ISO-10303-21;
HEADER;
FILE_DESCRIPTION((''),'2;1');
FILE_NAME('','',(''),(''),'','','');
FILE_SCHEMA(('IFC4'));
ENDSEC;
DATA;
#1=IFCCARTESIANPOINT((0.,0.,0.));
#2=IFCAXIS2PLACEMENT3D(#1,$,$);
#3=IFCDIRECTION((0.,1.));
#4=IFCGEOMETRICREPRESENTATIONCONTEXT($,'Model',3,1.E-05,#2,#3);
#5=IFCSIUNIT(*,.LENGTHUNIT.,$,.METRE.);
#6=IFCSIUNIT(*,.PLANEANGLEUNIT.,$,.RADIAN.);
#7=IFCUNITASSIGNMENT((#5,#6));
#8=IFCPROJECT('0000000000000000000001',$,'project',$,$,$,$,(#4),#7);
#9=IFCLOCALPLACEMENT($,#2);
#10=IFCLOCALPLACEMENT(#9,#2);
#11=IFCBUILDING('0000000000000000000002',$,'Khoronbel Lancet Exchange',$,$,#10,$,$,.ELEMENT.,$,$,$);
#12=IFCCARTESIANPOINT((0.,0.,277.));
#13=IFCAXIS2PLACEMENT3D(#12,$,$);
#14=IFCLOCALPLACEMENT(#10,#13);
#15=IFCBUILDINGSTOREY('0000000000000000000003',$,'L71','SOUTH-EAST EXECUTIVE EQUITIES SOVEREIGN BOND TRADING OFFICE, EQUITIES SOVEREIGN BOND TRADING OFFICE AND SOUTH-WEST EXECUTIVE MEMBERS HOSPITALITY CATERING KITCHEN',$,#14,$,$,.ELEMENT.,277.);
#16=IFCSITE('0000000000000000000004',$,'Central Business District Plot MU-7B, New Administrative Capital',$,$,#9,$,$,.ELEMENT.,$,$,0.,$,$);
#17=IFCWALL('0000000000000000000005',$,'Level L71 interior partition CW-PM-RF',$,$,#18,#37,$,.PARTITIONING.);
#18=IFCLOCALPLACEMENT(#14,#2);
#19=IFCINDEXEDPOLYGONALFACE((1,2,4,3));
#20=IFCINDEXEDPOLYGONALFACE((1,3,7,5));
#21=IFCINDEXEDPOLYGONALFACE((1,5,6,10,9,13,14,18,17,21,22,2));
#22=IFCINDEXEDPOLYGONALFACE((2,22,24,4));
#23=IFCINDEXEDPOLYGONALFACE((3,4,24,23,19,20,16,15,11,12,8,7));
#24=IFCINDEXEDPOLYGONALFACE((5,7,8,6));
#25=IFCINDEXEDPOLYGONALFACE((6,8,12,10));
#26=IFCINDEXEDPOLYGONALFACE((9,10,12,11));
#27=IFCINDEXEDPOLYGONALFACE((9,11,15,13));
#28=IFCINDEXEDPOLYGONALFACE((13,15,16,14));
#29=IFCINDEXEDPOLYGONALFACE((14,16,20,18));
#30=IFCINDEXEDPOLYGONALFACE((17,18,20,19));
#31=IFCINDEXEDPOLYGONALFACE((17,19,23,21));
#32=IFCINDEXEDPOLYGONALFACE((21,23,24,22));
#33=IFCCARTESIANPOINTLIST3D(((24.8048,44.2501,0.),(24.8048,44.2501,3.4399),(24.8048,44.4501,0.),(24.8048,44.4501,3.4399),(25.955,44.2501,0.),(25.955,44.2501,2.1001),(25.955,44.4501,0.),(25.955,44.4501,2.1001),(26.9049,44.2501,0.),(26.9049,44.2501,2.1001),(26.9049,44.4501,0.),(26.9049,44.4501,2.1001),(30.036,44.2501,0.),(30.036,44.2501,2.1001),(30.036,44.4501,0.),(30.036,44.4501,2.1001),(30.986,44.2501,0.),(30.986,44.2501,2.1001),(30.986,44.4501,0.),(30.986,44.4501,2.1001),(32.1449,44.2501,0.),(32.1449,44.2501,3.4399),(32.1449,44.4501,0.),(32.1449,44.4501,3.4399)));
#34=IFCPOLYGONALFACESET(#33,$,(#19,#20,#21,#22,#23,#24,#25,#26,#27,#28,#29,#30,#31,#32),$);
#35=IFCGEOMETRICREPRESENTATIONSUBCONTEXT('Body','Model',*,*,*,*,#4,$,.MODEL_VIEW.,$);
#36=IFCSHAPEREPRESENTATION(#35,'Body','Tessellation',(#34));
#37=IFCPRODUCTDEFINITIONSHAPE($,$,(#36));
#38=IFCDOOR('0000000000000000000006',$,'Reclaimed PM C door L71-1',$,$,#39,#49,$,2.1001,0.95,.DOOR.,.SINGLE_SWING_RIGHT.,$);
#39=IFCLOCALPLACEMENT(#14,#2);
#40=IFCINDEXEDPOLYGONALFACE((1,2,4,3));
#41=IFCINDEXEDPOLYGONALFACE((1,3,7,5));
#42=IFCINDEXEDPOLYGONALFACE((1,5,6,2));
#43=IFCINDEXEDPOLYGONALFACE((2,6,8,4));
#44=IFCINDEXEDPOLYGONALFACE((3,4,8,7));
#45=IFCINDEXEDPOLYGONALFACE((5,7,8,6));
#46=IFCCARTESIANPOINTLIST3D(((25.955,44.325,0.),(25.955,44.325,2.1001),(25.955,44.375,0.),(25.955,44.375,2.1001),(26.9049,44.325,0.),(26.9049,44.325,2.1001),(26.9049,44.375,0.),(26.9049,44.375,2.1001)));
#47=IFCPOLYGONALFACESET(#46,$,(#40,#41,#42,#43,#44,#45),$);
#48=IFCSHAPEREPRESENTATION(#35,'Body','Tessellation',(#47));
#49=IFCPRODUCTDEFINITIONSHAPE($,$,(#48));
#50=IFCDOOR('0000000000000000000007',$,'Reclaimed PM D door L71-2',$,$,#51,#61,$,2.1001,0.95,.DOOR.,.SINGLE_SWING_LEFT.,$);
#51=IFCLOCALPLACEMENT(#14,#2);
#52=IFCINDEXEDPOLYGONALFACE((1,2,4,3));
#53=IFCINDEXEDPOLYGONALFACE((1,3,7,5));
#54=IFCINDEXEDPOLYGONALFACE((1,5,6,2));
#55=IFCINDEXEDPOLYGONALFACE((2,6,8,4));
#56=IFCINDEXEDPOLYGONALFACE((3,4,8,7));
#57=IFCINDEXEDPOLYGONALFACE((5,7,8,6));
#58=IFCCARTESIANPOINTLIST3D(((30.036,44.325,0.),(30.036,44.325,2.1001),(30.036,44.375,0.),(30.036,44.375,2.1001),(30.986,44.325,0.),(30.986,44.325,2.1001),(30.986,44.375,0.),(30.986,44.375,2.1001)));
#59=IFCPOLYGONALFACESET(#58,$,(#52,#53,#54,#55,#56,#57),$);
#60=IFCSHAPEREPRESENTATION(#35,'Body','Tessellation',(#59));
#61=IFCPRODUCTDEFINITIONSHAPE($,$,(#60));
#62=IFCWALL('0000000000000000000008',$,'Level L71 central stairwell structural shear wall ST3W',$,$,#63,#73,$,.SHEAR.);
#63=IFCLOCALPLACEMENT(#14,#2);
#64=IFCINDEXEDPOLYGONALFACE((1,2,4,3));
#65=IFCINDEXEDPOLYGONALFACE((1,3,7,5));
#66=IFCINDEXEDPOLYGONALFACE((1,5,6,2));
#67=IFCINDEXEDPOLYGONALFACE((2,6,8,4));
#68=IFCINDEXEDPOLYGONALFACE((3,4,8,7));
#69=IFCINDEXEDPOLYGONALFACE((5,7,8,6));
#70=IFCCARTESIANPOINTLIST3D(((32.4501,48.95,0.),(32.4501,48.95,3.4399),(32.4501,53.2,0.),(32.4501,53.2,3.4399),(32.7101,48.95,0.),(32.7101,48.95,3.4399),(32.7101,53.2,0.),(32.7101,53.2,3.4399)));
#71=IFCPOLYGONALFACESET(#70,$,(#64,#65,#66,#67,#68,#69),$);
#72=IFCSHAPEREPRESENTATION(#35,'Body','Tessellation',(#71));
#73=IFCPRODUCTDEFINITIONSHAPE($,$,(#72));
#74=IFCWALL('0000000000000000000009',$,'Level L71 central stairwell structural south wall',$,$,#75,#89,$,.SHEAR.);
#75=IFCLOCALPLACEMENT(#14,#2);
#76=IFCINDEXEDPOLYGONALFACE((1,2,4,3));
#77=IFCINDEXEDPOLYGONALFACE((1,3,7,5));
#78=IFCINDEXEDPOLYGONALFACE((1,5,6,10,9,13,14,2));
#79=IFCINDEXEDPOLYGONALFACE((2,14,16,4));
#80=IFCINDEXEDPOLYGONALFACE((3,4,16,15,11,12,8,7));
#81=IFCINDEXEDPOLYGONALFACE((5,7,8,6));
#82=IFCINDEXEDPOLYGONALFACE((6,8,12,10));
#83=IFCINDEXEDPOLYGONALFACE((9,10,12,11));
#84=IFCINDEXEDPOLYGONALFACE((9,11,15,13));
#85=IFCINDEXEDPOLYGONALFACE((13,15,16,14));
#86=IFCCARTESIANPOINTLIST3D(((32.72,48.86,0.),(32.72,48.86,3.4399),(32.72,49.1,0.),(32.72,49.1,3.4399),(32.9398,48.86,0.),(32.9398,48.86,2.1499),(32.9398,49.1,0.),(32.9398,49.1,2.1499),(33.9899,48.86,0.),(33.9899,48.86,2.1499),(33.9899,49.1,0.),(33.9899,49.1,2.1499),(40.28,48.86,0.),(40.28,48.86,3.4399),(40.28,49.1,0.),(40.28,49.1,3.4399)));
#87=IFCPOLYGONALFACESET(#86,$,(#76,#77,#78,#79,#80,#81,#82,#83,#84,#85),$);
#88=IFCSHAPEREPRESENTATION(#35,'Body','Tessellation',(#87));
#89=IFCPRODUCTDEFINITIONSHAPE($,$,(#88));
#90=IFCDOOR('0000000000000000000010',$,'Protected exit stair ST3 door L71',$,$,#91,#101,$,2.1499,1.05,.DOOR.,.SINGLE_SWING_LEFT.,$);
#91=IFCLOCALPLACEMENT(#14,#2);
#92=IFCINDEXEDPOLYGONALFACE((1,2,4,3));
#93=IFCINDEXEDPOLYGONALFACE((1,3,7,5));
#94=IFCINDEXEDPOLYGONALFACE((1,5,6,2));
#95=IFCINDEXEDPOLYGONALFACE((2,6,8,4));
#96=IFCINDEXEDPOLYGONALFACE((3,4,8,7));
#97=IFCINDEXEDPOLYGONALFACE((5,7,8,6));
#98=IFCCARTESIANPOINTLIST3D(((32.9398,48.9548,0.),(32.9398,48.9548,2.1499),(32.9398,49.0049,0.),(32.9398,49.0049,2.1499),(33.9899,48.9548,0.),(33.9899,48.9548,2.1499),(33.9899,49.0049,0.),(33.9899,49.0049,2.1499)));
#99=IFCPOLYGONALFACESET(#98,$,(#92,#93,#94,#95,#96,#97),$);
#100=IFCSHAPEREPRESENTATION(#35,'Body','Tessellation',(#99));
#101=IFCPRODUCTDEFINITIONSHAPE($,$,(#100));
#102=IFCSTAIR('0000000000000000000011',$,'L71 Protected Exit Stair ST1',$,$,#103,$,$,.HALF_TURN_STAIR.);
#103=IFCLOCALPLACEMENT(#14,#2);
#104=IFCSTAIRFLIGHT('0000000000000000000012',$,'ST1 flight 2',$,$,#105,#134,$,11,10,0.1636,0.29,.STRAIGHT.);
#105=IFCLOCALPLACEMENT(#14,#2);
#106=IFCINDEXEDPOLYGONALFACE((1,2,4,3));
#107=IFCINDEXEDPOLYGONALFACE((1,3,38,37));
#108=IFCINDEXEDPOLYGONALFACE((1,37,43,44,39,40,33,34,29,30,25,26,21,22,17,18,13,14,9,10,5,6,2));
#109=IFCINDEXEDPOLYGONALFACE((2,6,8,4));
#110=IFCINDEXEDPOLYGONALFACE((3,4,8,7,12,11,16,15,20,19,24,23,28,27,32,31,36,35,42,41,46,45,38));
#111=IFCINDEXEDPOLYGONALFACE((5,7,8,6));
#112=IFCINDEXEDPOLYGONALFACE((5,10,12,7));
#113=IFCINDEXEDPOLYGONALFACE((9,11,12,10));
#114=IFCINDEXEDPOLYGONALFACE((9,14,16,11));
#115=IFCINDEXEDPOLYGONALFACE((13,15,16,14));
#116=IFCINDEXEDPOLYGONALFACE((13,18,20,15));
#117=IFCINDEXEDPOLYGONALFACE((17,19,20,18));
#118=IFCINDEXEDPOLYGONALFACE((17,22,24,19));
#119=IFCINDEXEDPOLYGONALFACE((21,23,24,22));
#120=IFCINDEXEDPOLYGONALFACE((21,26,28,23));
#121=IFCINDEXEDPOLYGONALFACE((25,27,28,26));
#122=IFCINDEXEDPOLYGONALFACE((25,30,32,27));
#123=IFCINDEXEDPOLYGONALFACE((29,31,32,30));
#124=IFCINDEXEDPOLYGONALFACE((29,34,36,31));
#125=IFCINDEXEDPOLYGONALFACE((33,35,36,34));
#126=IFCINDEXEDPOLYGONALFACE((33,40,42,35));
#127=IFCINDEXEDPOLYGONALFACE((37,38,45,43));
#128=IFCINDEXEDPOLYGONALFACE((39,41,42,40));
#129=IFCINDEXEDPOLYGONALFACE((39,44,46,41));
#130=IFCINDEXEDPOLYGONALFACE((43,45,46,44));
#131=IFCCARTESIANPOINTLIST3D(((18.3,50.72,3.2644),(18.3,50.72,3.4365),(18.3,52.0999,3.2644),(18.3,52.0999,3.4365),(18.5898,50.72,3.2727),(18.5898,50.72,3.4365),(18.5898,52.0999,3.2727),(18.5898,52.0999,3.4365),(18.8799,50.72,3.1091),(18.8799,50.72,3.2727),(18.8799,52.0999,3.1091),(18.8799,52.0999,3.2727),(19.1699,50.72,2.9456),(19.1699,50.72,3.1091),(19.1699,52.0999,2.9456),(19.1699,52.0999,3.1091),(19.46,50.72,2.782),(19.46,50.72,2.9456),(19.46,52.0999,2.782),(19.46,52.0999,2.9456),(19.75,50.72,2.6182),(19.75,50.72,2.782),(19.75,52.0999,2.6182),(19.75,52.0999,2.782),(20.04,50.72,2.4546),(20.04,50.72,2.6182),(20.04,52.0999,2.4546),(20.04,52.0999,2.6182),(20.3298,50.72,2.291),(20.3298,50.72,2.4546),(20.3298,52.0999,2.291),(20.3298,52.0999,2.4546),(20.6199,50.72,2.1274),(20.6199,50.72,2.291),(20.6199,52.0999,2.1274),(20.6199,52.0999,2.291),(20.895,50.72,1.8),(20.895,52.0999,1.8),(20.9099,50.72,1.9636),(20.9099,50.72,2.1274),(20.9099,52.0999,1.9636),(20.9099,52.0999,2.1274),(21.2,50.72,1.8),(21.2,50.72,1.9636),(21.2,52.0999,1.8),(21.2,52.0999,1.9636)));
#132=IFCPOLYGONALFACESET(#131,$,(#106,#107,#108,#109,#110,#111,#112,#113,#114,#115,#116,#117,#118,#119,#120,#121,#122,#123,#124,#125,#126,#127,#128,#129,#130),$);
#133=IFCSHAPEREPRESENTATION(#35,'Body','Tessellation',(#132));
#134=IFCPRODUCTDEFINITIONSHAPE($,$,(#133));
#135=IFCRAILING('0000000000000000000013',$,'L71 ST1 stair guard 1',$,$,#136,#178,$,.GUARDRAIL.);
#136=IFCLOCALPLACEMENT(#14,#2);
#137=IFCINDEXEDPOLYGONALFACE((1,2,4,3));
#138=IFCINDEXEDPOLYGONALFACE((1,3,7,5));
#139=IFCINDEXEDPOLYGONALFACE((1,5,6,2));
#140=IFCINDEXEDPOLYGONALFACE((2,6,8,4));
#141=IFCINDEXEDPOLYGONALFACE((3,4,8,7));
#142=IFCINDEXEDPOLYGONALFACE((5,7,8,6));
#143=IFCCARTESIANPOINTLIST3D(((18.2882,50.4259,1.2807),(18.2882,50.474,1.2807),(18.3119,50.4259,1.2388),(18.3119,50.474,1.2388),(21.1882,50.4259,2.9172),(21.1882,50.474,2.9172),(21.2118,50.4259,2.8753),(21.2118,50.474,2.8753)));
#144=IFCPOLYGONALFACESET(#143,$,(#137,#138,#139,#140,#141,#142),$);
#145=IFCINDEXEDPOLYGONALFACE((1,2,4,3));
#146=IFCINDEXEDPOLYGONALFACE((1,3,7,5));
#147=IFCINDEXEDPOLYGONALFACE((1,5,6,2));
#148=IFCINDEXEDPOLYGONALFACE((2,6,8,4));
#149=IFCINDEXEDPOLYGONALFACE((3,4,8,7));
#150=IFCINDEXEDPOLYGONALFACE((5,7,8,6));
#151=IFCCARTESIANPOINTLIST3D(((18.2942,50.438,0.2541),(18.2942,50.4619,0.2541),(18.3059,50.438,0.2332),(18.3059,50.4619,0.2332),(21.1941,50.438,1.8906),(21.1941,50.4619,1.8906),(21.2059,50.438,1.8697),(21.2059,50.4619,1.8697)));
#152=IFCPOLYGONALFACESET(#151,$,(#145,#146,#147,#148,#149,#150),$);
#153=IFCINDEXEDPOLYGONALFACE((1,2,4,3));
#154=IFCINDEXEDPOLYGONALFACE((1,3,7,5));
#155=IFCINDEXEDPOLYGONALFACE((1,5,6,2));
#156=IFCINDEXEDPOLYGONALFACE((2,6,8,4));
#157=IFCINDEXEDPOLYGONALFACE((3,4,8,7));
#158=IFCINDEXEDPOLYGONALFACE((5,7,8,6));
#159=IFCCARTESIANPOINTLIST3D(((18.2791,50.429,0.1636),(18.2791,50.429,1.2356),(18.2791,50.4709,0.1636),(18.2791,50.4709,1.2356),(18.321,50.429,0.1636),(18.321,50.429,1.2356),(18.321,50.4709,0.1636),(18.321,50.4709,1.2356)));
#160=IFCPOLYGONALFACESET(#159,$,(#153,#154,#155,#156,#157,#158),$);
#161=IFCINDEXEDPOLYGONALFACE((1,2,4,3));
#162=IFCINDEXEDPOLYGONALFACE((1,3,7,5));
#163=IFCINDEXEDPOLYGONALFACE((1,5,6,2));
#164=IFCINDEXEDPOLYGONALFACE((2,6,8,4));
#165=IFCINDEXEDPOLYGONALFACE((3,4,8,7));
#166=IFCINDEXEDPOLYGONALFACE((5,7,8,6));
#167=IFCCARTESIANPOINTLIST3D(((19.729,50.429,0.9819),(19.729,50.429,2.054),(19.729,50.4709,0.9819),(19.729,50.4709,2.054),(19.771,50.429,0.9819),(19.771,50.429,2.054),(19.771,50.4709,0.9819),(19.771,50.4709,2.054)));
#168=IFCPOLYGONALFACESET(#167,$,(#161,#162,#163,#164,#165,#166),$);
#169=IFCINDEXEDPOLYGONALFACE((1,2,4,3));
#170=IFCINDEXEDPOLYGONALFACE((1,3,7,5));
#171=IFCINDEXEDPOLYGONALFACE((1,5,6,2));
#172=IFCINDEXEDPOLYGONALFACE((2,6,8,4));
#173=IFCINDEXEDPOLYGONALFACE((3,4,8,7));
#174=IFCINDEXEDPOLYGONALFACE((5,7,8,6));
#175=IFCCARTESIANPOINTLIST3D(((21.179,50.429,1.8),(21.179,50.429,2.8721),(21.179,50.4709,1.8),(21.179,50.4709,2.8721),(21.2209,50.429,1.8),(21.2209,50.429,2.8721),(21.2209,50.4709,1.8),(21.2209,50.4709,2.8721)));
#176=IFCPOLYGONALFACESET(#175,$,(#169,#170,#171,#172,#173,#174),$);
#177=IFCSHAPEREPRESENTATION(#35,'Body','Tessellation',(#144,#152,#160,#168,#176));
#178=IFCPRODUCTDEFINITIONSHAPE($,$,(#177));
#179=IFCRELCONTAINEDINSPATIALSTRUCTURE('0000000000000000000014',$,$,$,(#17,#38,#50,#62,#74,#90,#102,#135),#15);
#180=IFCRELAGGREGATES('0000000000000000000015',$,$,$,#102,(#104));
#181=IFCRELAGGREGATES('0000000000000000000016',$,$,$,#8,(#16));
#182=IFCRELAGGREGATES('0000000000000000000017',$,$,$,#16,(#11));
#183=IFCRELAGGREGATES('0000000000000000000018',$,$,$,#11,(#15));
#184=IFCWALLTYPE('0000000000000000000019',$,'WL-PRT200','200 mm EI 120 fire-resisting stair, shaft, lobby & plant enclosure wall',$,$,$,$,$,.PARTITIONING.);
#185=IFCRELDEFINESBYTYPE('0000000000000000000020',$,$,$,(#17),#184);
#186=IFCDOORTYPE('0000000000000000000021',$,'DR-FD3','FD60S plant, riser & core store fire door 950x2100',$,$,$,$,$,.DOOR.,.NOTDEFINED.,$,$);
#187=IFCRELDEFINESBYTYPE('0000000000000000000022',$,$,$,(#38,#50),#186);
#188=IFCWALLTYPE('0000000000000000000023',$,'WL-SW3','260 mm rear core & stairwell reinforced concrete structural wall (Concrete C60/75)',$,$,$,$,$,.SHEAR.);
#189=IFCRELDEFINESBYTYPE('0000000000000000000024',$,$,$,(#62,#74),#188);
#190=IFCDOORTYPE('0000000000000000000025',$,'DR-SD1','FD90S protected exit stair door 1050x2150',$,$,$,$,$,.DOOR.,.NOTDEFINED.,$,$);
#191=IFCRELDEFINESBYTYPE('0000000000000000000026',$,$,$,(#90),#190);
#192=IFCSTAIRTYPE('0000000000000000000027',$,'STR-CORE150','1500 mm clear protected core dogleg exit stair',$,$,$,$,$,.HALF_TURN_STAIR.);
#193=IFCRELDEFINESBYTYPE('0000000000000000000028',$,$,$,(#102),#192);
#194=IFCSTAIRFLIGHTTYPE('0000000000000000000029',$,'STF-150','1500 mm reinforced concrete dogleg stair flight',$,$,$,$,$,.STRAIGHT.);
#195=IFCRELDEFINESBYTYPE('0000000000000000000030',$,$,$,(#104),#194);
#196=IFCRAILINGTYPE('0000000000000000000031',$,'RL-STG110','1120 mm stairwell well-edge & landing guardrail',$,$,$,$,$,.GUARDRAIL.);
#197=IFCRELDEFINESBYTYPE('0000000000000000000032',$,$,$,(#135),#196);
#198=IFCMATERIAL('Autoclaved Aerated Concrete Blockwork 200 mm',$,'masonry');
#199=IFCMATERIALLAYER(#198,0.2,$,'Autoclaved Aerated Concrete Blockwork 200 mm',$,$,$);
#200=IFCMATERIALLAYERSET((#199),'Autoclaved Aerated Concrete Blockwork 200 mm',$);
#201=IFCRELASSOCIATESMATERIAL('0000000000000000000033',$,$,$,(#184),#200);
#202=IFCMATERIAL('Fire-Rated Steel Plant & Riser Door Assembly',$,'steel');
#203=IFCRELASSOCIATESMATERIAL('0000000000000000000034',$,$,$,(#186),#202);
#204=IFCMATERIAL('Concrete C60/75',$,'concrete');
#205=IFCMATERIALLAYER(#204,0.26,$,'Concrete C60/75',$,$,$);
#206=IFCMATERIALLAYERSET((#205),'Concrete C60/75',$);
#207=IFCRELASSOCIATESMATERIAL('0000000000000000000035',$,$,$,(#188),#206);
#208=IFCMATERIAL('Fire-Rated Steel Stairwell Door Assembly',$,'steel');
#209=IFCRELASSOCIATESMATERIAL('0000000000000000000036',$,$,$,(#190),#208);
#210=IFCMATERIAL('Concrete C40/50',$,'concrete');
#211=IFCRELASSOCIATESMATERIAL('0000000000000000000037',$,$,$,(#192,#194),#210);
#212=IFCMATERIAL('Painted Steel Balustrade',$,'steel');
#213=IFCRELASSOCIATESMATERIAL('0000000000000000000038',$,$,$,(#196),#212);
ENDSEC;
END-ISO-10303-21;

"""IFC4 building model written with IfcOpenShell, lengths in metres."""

from ifc_helpers import new_model, si_unit, direction, frame, frame_2d, origin, origin_2d, place, context, subcontext, project, spatial, polyline, rectangle, outline, extrude, material, layer, layer_set, type_object, element, fill, aggregate, save


model = new_model("IFC4")

# Units and contexts
model_context = context("Model", 3, precision=1e-05, world=origin(), true_north=direction((0.0, 1.0)))
body_context = subcontext(model_context, "Body", "Model", "MODEL_VIEW")
ifc_project = project(units=[si_unit("LENGTHUNIT", "METRE"), si_unit("PLANEANGLEUNIT", "RADIAN")], contexts=[model_context])

# Site, building, storey
site_placement = place(None, origin())
site = spatial("IfcSite", under=ifc_project, at=site_placement, Name="Central Business District Plot MU-7B, New Administrative Capital", CompositionType="ELEMENT", RefElevation=0.0)
building_placement = place(site_placement, origin())
building = spatial("IfcBuilding", under=site, at=building_placement, Name="Khoronbel Lancet Exchange", CompositionType="ELEMENT")
storey_placement = place(building_placement, frame((0.0, 0.0, 277.0)))
storey = spatial("IfcBuildingStorey", under=building, at=storey_placement, Name="L71", Description="SOUTH-EAST EXECUTIVE EQUITIES SOVEREIGN BOND TRADING OFFICE, EQUITIES SOVEREIGN BOND TRADING OFFICE AND SOUTH-WEST EXECUTIVE MEMBERS HOSPITALITY CATERING KITCHEN", CompositionType="ELEMENT", Elevation=277.0)

# Shared definitions
ifc_material_1 = material(Name="Autoclaved Aerated Concrete Blockwork 200 mm", Category="masonry")
ifc_layer_1 = layer(ifc_material_1, 0.2, Name="Autoclaved Aerated Concrete Blockwork 200 mm")
ifc_layer_set_1 = layer_set([ifc_layer_1], Name="Autoclaved Aerated Concrete Blockwork 200 mm")
wall_type_1 = type_object("IfcWallType", Name="WL-PRT200", Description="200 mm EI 120 fire-resisting stair, shaft, lobby & plant enclosure wall", PredefinedType="PARTITIONING", material=ifc_layer_set_1)

# Wall, openings, doors
ifc_material_2 = material(Name="Fire-Rated Steel Plant & Riser Door Assembly", Category="steel")
door_type_1 = type_object("IfcDoorType", Name="DR-FD3", Description="FD60S plant, riser & core store fire door 950x2100", OperationType="NOTDEFINED", PredefinedType="DOOR", material=ifc_material_2)
wall_1_placement = place(storey_placement, frame((24.8049, 44.3501, 0.0), z_axis=(0.0, 0.0, 1.0), x_axis=(1.0, 0.0, 0.0)))
wall_1 = element("IfcWall", 1, at=wall_1_placement, inside=storey, type_object=wall_type_1, Name="Level L71 interior partition CW-PM-RF", PredefinedType="PARTITIONING", context=body_context, shape_type="SweptSolid", body=[
    extrude(rectangle(XDim=7.3401, YDim=0.2, at=frame_2d((3.6699, 0.0))), origin(), (0.0, 0.0, 1.0), 3.4399),
])
opening_1_placement = place(wall_1_placement, frame((1.1499, 0.0, 0.0)))
opening_1 = element("IfcOpeningElement", 2, at=opening_1_placement, cuts=wall_1, PredefinedType="OPENING", context=body_context, shape_type="SweptSolid", body=[
    extrude(rectangle(XDim=0.95, YDim=2.1001, at=frame_2d((0.4751, 1.05))), frame((0.0, 0.1099, 0.0), z_axis=(0.0, -1.0, 0.0), x_axis=(1.0, 0.0, 0.0)), (0.0, 0.0, 1.0), 0.22),
])
opening_2_placement = place(wall_1_placement, frame((5.231, 0.0, 0.0)))
opening_2 = element("IfcOpeningElement", 3, at=opening_2_placement, cuts=wall_1, PredefinedType="OPENING", context=body_context, shape_type="SweptSolid", body=[
    extrude(rectangle(XDim=0.95, YDim=2.1001, at=frame_2d((0.4751, 1.05))), frame((0.0, 0.1099, 0.0), z_axis=(0.0, -1.0, 0.0), x_axis=(1.0, 0.0, 0.0)), (0.0, 0.0, 1.0), 0.22),
])
door_1_placement = place(opening_1_placement, origin())
door_1 = element("IfcDoor", 4, at=door_1_placement, inside=storey, type_object=door_type_1, Name="Reclaimed PM C door L71-1", OperationType="SINGLE_SWING_RIGHT", OverallHeight=2.1001, OverallWidth=0.95, PredefinedType="DOOR", context=body_context, shape_type="SweptSolid", body=[
    extrude(rectangle(XDim=0.95, YDim=2.1001, at=frame_2d((0.4751, 1.05))), frame((0.0, 0.0249, 0.0), z_axis=(0.0, -1.0, 0.0), x_axis=(1.0, 0.0, 0.0)), (0.0, 0.0, 1.0), 0.05),
])
fill(opening_1, door_1)
door_2_placement = place(opening_2_placement, origin())
door_2 = element("IfcDoor", 5, at=door_2_placement, inside=storey, type_object=door_type_1, Name="Reclaimed PM D door L71-2", OperationType="SINGLE_SWING_LEFT", OverallHeight=2.1001, OverallWidth=0.95, PredefinedType="DOOR", context=body_context, shape_type="SweptSolid", body=[
    extrude(rectangle(XDim=0.95, YDim=2.1001, at=frame_2d((0.4751, 1.05))), frame((0.0, 0.0249, 0.0), z_axis=(0.0, -1.0, 0.0), x_axis=(1.0, 0.0, 0.0)), (0.0, 0.0, 1.0), 0.05),
])
fill(opening_2, door_2)

# Wall
ifc_material_3 = material(Name="Concrete C60/75", Category="concrete")
ifc_layer_2 = layer(ifc_material_3, 0.26, Name="Concrete C60/75")
ifc_layer_set_2 = layer_set([ifc_layer_2], Name="Concrete C60/75")
wall_type_2 = type_object("IfcWallType", Name="WL-SW3", Description="260 mm rear core & stairwell reinforced concrete structural wall (Concrete C60/75)", PredefinedType="SHEAR", material=ifc_layer_set_2)
wall_2_placement = place(storey_placement, frame((32.5801, 48.95, 0.0), z_axis=(0.0, 0.0, 1.0), x_axis=(0.0, 1.0, 0.0)))
element("IfcWall", 6, at=wall_2_placement, inside=storey, type_object=wall_type_2, Name="Level L71 central stairwell structural shear wall ST3W", PredefinedType="SHEAR", context=body_context, shape_type="SweptSolid", body=[
    extrude(rectangle(XDim=4.25, YDim=0.26, at=frame_2d((2.125, 0.0))), origin(), (0.0, 0.0, 1.0), 3.4399),
])

# Wall, opening, door
wall_3_placement = place(storey_placement, frame((32.72, 48.98, 0.0), z_axis=(0.0, 0.0, 1.0), x_axis=(1.0, 0.0, 0.0)))
wall_3 = element("IfcWall", 7, at=wall_3_placement, inside=storey, type_object=wall_type_2, Name="Level L71 central stairwell structural south wall", PredefinedType="SHEAR", context=body_context, shape_type="SweptSolid", body=[
    extrude(rectangle(XDim=7.5601, YDim=0.24, at=frame_2d((3.78, 0.0))), origin(), (0.0, 0.0, 1.0), 3.4399),
])
opening_3_placement = place(wall_3_placement, frame((0.22, 0.0, 0.0)))
opening_3 = element("IfcOpeningElement", 8, at=opening_3_placement, cuts=wall_3, PredefinedType="OPENING", context=body_context, shape_type="SweptSolid", body=[
    extrude(rectangle(XDim=1.05, YDim=2.1499, at=frame_2d((0.5249, 1.075))), frame((0.0, 0.1299, 0.0), z_axis=(0.0, -1.0, 0.0), x_axis=(1.0, 0.0, 0.0)), (0.0, 0.0, 1.0), 0.26),
])
ifc_material_4 = material(Name="Fire-Rated Steel Stairwell Door Assembly", Category="steel")
door_type_2 = type_object("IfcDoorType", Name="DR-SD1", Description="FD90S protected exit stair door 1050x2150", OperationType="NOTDEFINED", PredefinedType="DOOR", material=ifc_material_4)
door_3_placement = place(opening_3_placement, origin())
door_3 = element("IfcDoor", 9, at=door_3_placement, inside=storey, type_object=door_type_2, Name="Protected exit stair ST3 door L71", OperationType="SINGLE_SWING_LEFT", OverallHeight=2.1499, OverallWidth=1.05, PredefinedType="DOOR", context=body_context, shape_type="SweptSolid", body=[
    extrude(rectangle(XDim=1.05, YDim=2.1499, at=frame_2d((0.5249, 1.075))), frame((0.0, 0.0249, 0.0), z_axis=(0.0, -1.0, 0.0), x_axis=(1.0, 0.0, 0.0)), (0.0, 0.0, 1.0), 0.05),
])
fill(opening_3, door_3)

# Stair, stair flight
ifc_material_5 = material(Name="Concrete C40/50", Category="concrete")
stair_type = type_object("IfcStairType", Name="STR-CORE150", Description="1500 mm clear protected core dogleg exit stair", PredefinedType="HALF_TURN_STAIR", material=ifc_material_5)
stair_placement = place(storey_placement, origin())
stair = element("IfcStair", 10, at=stair_placement, inside=storey, type_object=stair_type, Name="L71 Protected Exit Stair ST1", PredefinedType="HALF_TURN_STAIR")
stair_flight_type = type_object("IfcStairFlightType", Name="STF-150", Description="1500 mm reinforced concrete dogleg stair flight", PredefinedType="STRAIGHT", material=ifc_material_5)
stair_flight_placement = place(storey_placement, frame((21.2, 51.4099, 1.8), z_axis=(0.0, 0.0, 1.0), x_axis=(-1.0, 0.0, 0.0)))
stair_flight = element("IfcStairFlight", 11, at=stair_flight_placement, type_object=stair_flight_type, Name="ST1 flight 2", NumberOfRisers=11, NumberOfTreads=10, PredefinedType="STRAIGHT", RiserHeight=0.1636, TreadLength=0.29, context=body_context, shape_type="SweptSolid", body=[
    extrude(outline(polyline([(0.0, 0.0), (0.0, 0.1636), (0.29, 0.1636), (0.29, 0.3274), (0.5801, 0.3274), (0.5801, 0.491), (0.8701, 0.491), (0.8701, 0.6545), (1.1599, 0.6545), (1.1599, 0.8181), (1.45, 0.8181), (1.45, 0.9819), (1.74, 0.9819), (1.74, 1.1455), (2.03, 1.1455), (2.03, 1.3091), (2.3201, 1.3091), (2.3201, 1.4727), (2.6101, 1.4727), (2.6101, 1.6365), (2.8999, 1.6365), (2.8999, 1.8), (2.8999, 1.4644), (0.3049, 0.0), (0.0, 0.0)])), frame((0.0, 0.6899, 0.0), z_axis=(0.0, -1.0, 0.0), x_axis=(1.0, 0.0, 0.0)), (0.0, 0.0, 1.0), 1.3799),
])
aggregate(stair, [stair_flight])

# Railing
ifc_material_6 = material(Name="Painted Steel Balustrade", Category="steel")
railing_type_1 = type_object("IfcRailingType", Name="RL-STG110", Description="1120 mm stairwell well-edge & landing guardrail", PredefinedType="GUARDRAIL", material=ifc_material_6)
railing_1_placement = place(storey_placement, frame((18.3, 50.45, 0.1636)))
element("IfcRailing", 12, at=railing_1_placement, inside=storey, type_object=railing_type_1, Name="L71 ST1 stair guard 1", PredefinedType="GUARDRAIL", context=body_context, shape_type="SweptSolid", body=[
    extrude(rectangle(XDim=0.0481, YDim=0.0481, at=origin_2d()), frame((0.0, 0.0, 1.0962), z_axis=(0.870897, 0.0, 0.491465), x_axis=(0.0, 1.0, 0.0)), (0.0, 0.0, 1.0), 3.3298),
    extrude(rectangle(XDim=0.0239, YDim=0.0239, at=origin_2d()), frame((0.0, 0.0, 0.0801), z_axis=(0.870897, 0.0, 0.491465), x_axis=(0.0, 1.0, 0.0)), (0.0, 0.0, 1.0), 3.3298),
    extrude(rectangle(XDim=0.042, YDim=0.042, at=origin_2d()), origin(), (0.0, 0.0, 1.0), 1.072),
    extrude(rectangle(XDim=0.042, YDim=0.042, at=origin_2d()), frame((1.45, 0.0, 0.8184)), (0.0, 0.0, 1.0), 1.072),
    extrude(rectangle(XDim=0.042, YDim=0.042, at=origin_2d()), frame((2.8999, 0.0, 1.6365)), (0.0, 0.0, 1.0), 1.072),
])

save(model, "model.ifc")
